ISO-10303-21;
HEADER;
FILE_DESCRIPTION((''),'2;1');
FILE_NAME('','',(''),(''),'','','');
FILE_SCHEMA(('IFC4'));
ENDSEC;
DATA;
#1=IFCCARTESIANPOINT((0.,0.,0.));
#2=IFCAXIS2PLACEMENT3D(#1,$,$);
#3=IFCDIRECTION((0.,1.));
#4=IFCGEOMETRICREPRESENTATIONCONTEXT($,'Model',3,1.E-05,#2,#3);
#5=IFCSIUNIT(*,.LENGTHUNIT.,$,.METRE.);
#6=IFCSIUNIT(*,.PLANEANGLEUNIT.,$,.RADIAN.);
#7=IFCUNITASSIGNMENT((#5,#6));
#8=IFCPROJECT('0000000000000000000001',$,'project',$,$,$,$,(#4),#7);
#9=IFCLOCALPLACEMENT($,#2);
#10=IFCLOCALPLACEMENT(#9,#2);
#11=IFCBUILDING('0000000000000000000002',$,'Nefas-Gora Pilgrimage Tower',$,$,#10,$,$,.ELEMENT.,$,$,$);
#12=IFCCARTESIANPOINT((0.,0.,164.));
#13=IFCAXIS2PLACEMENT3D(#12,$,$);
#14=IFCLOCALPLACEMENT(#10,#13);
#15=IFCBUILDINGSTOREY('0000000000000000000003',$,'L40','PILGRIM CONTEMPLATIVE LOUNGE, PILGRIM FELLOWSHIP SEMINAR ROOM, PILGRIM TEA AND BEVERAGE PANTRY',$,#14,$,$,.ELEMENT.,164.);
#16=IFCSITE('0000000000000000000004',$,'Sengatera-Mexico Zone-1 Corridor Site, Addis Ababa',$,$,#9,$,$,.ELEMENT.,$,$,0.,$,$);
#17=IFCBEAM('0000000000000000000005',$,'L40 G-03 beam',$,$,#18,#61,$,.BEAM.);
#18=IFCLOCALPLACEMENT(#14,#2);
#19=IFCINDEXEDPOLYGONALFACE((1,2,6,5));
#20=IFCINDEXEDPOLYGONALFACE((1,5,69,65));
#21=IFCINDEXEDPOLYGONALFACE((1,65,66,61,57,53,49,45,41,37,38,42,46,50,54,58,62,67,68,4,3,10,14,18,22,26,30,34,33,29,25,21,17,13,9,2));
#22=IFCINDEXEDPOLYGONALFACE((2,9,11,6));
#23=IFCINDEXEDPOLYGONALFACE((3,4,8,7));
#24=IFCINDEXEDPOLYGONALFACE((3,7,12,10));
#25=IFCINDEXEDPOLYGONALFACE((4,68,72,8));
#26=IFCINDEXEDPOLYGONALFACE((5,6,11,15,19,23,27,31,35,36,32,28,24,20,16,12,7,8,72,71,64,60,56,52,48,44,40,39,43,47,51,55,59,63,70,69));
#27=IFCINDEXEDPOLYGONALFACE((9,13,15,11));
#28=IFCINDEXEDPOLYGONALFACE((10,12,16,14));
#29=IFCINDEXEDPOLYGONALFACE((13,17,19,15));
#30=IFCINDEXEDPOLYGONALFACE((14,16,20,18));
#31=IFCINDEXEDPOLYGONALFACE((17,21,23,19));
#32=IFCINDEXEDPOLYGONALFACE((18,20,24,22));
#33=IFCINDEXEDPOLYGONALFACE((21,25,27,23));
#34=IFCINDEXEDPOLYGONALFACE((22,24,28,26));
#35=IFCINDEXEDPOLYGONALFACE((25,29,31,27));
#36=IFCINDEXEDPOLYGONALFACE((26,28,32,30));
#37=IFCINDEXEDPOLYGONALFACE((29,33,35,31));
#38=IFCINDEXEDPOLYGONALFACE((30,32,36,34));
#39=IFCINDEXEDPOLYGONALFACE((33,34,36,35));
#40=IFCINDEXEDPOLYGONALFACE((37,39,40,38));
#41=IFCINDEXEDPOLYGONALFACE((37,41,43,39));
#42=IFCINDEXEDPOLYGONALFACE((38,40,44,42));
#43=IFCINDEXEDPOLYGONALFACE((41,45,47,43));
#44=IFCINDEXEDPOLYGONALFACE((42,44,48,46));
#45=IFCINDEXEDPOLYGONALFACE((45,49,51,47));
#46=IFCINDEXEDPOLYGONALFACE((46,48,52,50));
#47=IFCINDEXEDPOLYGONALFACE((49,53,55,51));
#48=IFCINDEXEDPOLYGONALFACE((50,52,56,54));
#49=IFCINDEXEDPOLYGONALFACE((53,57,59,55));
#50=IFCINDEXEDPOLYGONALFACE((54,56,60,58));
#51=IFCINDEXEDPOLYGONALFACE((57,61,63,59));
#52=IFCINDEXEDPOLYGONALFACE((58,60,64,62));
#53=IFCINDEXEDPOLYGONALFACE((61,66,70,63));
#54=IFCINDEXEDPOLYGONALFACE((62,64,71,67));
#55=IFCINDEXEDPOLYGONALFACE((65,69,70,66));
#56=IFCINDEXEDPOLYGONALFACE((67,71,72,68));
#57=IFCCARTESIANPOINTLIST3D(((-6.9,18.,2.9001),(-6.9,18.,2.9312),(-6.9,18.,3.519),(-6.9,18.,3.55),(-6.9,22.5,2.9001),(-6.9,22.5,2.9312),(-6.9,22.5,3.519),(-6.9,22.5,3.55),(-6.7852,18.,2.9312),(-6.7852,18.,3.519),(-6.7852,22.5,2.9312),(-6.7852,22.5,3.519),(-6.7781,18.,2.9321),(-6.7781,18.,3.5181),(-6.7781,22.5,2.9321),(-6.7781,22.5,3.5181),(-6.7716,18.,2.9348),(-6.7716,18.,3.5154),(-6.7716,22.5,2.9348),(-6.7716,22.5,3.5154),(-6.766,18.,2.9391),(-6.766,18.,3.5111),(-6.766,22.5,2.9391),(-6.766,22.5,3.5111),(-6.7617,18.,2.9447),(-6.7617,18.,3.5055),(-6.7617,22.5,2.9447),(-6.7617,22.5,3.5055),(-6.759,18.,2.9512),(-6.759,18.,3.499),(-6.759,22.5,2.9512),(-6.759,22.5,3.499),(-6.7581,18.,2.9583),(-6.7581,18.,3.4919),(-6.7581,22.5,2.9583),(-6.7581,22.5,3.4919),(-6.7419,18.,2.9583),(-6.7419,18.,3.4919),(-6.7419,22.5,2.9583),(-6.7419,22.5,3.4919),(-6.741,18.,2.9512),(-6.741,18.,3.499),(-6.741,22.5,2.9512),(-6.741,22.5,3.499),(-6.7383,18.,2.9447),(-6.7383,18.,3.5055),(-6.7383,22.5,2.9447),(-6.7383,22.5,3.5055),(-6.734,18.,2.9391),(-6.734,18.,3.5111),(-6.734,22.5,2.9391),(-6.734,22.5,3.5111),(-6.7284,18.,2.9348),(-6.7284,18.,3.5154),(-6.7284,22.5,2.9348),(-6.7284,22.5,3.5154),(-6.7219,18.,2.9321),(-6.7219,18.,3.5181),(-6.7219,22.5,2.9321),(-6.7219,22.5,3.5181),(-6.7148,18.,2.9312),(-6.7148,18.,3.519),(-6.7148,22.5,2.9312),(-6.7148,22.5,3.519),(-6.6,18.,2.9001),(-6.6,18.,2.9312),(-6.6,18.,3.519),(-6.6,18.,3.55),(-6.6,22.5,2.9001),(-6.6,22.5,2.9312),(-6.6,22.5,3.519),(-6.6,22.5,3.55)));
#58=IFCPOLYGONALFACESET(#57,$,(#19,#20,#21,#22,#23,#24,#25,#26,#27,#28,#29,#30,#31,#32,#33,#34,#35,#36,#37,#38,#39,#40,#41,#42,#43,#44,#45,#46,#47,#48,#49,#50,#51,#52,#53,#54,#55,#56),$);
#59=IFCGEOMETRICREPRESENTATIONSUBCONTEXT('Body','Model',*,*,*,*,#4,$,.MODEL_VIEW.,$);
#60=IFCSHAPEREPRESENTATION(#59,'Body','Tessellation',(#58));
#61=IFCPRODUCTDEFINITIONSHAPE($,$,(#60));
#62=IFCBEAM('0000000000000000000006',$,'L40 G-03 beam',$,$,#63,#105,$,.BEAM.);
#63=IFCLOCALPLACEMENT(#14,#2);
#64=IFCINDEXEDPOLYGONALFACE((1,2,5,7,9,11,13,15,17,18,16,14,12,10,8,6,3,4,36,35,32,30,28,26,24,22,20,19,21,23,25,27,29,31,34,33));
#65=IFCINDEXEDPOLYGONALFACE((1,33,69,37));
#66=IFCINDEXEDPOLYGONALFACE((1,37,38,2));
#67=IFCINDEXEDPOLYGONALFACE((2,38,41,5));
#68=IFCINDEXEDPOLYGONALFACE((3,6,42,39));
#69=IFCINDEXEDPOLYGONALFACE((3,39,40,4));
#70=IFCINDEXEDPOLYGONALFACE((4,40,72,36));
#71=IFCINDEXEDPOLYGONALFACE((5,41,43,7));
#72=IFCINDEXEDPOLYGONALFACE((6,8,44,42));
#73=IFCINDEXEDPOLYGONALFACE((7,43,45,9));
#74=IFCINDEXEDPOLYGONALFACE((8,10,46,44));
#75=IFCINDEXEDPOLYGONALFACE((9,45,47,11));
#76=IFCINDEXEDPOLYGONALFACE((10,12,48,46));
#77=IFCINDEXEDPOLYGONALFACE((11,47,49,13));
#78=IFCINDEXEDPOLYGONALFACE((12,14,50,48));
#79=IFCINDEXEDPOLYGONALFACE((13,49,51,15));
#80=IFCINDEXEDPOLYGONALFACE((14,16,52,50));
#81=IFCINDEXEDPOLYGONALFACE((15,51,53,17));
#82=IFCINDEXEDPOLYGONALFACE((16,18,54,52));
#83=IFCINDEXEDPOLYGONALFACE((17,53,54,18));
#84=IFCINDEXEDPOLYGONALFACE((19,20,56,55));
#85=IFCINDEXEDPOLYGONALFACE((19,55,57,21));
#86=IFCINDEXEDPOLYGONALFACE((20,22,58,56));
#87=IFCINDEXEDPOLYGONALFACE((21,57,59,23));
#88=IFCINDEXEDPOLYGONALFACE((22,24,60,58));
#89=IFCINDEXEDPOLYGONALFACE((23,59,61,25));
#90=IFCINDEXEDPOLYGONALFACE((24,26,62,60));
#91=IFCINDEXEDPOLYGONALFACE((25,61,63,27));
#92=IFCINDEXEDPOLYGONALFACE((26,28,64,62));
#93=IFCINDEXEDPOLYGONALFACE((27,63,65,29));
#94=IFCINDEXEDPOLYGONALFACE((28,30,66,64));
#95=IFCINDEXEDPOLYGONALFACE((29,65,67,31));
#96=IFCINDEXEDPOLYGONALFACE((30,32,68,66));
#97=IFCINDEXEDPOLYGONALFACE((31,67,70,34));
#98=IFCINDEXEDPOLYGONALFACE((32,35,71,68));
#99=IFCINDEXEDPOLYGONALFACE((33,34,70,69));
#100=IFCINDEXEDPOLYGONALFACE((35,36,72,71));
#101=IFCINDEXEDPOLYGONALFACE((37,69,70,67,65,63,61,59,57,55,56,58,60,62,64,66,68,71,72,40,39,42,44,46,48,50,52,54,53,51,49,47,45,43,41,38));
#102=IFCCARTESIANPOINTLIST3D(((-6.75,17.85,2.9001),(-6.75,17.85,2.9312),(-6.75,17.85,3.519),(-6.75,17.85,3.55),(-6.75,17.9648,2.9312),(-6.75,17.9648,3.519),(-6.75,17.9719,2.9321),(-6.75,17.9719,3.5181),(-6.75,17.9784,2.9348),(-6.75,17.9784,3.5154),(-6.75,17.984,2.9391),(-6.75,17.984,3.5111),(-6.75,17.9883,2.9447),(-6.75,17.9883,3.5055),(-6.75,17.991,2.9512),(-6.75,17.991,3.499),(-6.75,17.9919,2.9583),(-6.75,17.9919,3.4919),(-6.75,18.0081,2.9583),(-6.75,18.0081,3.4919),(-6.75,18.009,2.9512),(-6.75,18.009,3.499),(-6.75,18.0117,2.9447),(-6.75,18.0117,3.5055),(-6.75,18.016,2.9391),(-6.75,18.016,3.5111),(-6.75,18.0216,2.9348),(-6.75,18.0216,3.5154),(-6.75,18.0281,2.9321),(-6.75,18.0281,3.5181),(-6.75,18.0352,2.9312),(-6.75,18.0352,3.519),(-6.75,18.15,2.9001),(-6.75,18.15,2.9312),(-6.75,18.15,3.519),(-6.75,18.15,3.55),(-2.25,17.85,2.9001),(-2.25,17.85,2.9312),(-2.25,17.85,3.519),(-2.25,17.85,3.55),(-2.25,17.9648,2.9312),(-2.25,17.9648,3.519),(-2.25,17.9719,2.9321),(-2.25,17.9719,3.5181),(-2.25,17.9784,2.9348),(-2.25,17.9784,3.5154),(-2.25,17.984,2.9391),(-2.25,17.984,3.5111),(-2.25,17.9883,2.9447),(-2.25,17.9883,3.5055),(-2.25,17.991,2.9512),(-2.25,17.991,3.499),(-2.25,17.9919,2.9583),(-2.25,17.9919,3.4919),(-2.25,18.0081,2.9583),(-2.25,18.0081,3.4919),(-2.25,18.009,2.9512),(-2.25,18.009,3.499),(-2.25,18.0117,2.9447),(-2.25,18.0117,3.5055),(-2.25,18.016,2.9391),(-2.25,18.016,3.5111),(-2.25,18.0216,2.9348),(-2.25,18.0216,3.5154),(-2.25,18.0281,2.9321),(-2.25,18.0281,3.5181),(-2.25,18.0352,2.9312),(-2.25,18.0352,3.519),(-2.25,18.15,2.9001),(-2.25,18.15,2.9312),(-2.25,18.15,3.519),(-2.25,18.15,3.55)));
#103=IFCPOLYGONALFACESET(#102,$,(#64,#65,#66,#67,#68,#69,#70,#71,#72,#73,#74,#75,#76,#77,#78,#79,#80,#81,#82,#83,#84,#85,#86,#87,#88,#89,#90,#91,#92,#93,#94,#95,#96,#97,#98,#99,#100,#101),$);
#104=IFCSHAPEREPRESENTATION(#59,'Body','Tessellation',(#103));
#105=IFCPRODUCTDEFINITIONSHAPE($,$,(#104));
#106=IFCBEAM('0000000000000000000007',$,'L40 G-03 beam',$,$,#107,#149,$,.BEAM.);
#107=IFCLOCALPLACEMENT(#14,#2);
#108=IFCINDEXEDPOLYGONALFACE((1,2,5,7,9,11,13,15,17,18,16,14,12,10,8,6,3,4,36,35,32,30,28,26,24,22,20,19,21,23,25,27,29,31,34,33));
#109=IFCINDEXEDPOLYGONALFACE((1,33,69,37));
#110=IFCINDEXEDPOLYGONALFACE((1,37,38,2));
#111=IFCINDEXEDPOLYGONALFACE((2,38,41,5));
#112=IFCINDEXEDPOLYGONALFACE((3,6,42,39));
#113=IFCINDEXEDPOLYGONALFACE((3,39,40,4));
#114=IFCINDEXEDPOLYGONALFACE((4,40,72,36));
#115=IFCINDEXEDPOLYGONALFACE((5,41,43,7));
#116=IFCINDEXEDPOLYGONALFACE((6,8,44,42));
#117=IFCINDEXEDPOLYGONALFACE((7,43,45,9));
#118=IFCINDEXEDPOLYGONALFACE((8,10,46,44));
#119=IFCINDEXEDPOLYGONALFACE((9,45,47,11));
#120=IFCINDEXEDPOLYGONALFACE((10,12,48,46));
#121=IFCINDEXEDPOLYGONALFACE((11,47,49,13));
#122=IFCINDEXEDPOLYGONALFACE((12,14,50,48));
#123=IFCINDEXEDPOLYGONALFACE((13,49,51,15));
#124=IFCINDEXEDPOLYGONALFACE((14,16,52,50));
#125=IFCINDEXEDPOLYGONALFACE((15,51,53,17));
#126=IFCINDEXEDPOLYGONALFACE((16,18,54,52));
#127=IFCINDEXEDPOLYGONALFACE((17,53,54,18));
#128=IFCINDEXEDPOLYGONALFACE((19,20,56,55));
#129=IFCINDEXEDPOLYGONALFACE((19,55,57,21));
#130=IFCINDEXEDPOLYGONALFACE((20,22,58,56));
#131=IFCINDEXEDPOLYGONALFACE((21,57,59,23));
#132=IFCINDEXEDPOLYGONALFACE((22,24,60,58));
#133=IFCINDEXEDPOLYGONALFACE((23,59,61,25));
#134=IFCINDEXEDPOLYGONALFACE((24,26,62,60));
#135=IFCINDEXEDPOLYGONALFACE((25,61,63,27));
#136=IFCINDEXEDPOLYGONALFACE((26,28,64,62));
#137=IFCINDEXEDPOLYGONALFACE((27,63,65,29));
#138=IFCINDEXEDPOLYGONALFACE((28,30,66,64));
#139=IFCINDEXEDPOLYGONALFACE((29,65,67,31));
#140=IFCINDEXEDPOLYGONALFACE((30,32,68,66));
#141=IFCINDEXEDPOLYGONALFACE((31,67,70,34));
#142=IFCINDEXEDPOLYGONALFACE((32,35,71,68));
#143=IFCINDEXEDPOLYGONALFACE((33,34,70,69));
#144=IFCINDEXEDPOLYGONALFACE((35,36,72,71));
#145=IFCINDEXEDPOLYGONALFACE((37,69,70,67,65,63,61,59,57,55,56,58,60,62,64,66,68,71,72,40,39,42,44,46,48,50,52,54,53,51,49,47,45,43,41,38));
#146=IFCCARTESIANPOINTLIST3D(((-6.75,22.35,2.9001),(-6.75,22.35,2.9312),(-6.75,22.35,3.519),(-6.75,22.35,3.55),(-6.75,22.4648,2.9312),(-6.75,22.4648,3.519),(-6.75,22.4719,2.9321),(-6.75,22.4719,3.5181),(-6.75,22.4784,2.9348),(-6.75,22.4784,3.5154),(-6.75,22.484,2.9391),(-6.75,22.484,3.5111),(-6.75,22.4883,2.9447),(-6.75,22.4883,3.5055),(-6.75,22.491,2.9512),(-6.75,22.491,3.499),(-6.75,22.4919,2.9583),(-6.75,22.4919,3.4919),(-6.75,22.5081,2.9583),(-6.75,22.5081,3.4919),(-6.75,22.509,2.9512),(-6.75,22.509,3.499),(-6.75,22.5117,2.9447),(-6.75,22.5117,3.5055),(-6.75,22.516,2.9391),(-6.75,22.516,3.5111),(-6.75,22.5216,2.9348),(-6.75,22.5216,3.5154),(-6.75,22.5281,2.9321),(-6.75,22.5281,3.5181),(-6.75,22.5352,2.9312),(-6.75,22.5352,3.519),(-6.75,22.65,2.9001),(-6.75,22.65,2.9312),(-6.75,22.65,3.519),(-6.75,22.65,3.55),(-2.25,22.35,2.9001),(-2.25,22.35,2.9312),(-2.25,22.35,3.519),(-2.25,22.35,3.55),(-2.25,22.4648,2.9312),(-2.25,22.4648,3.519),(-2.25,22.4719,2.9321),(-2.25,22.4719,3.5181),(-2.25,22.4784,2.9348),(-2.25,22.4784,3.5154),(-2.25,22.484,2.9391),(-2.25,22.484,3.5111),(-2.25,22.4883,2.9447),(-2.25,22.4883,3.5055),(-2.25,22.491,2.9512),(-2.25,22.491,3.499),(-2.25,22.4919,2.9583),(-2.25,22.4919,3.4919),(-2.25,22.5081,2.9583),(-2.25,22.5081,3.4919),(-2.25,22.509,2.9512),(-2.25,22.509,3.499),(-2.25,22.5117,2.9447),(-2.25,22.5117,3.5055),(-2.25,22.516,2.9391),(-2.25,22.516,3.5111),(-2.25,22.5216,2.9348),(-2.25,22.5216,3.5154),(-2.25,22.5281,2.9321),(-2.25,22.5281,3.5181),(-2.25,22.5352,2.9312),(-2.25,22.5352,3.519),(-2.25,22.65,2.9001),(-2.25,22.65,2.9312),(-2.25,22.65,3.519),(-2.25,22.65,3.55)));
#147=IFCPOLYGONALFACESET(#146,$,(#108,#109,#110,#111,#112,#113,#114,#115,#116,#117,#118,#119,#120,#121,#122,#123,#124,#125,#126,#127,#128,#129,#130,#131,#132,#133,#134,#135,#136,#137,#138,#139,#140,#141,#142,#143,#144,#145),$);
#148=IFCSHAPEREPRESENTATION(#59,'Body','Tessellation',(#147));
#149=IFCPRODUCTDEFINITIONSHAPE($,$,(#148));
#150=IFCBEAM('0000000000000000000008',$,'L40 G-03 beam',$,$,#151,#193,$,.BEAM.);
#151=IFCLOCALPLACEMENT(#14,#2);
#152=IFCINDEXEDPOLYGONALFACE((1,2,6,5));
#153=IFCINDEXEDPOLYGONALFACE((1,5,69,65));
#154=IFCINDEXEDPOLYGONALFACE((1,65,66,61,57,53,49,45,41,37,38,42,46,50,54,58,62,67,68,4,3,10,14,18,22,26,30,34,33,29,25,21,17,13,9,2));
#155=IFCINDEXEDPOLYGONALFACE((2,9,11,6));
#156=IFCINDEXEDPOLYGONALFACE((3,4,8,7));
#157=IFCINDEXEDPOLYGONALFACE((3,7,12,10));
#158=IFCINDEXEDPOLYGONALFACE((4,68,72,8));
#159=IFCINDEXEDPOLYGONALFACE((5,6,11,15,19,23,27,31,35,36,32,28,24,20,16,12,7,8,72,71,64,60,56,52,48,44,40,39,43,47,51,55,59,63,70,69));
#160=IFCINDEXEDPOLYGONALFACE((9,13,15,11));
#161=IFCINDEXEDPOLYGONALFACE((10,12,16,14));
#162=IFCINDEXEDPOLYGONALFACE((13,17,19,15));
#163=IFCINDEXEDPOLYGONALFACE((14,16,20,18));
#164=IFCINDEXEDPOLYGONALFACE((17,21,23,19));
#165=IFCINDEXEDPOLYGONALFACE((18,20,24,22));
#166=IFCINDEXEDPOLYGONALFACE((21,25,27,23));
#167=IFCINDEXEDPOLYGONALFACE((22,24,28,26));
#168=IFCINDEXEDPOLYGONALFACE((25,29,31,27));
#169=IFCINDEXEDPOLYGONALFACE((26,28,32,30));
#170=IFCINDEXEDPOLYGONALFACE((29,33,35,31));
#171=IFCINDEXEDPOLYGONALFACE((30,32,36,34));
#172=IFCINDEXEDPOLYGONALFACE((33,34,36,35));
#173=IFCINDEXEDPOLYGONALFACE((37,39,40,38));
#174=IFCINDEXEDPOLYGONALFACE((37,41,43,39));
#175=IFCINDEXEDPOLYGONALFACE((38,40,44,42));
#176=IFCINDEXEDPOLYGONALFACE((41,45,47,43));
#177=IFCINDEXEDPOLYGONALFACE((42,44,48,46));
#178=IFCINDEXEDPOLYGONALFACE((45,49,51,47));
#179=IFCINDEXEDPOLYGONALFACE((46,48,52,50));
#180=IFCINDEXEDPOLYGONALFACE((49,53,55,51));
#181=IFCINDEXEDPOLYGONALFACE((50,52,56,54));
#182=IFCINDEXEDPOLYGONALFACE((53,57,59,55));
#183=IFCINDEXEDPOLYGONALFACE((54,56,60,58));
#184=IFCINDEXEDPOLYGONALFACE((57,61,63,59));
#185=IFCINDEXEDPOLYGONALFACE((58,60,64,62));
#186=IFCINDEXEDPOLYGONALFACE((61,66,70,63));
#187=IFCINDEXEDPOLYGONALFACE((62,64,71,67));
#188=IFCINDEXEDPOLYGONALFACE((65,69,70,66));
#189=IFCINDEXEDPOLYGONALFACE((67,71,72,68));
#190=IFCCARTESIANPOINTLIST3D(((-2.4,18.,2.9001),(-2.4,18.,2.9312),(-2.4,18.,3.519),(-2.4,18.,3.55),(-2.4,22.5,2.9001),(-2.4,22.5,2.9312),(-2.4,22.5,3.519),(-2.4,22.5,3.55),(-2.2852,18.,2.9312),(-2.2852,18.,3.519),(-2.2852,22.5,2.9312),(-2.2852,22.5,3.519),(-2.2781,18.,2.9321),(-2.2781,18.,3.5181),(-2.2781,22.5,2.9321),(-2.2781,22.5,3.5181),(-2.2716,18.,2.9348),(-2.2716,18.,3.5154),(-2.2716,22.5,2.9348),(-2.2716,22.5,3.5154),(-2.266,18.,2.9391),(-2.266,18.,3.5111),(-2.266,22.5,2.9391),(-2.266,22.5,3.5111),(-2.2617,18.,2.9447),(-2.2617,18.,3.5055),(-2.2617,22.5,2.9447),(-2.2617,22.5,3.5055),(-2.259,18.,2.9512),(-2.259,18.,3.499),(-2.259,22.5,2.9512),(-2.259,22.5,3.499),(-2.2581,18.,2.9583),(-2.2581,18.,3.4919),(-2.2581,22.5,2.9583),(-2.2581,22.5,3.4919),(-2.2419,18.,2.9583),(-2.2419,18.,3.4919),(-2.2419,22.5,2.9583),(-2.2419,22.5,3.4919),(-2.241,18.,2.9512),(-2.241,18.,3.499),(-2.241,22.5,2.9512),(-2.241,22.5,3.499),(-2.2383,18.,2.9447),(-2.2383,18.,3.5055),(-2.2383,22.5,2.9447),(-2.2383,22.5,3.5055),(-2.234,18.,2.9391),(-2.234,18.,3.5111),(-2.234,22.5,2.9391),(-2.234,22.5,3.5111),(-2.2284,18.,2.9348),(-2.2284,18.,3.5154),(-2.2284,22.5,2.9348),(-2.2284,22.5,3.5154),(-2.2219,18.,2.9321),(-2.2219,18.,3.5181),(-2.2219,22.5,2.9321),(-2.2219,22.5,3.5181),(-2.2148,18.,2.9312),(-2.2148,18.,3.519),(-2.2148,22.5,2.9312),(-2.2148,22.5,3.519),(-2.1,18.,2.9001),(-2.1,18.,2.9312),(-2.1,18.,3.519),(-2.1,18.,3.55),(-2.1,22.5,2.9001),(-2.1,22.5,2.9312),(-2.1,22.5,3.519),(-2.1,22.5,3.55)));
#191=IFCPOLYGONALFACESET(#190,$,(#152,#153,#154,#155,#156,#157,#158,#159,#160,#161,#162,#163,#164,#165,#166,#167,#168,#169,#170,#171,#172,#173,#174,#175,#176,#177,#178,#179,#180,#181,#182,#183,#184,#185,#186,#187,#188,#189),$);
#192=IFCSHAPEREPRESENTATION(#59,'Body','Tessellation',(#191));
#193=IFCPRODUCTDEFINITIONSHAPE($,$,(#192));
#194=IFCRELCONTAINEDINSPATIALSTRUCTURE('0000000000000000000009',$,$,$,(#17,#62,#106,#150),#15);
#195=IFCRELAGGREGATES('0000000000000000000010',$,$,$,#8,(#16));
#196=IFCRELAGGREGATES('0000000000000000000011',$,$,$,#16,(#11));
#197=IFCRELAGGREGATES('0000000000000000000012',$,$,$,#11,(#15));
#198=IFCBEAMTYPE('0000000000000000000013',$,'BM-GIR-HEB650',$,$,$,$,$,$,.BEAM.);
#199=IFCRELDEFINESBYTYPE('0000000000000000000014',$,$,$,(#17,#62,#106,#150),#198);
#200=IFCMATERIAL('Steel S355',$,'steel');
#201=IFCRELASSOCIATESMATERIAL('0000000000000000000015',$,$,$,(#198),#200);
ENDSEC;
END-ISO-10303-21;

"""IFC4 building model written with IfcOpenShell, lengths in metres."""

from ifc_helpers import new_model, si_unit, direction, frame, origin, origin_2d, place, context, subcontext, project, spatial, i_section, extrude, source, transform, mapped, material, material_profile, profile_set, type_object, element, save


model = new_model("IFC4")

# Units and contexts
model_context = context("Model", 3, precision=1e-05, world=origin(), true_north=direction((0.0, 1.0)))
body_context = subcontext(model_context, "Body", "Model", "MODEL_VIEW")
ifc_project = project(units=[si_unit("LENGTHUNIT", "METRE"), si_unit("PLANEANGLEUNIT", "RADIAN")], contexts=[model_context])

# Site, building, storey
site_placement = place(None, origin())
site = spatial("IfcSite", under=ifc_project, at=site_placement, Name="Sengatera-Mexico Zone-1 Corridor Site, Addis Ababa", CompositionType="ELEMENT", RefElevation=0.0)
building_placement = place(site_placement, origin())
building = spatial("IfcBuilding", under=site, at=building_placement, Name="Nefas-Gora Pilgrimage Tower", CompositionType="ELEMENT")
storey_placement = place(building_placement, frame((0.0, 0.0, 164.0)))
storey = spatial("IfcBuildingStorey", under=building, at=storey_placement, Name="L40", Description="PILGRIM CONTEMPLATIVE LOUNGE, PILGRIM FELLOWSHIP SEMINAR ROOM, PILGRIM TEA AND BEVERAGE PANTRY", CompositionType="ELEMENT", Elevation=164.0)

# Beams
ifc_material_1 = material(Name="Steel S355", Category="steel")
ifc_material_profile_1 = material_profile(ifc_material_1, i_section(OverallWidth=0.3, OverallDepth=0.6499, WebThickness=0.0161, FlangeThickness=0.031, FilletRadius=0.0271, at=origin_2d()), Name="HEB 650")
ifc_profile_set_1 = profile_set([ifc_material_profile_1], Name="Steel S355")
beam_type = type_object("IfcBeamType", Name="BM-GIR-HEB650", PredefinedType="BEAM", material=ifc_profile_set_1)
shared_shape_1 = source(origin(), body_context, "Body", "SweptSolid", [
    extrude(i_section(OverallWidth=0.3, OverallDepth=0.6499, WebThickness=0.0161, FlangeThickness=0.031, FilletRadius=0.0271, at=origin_2d()), origin(), (0.0, 0.0, 1.0), 4.5),
])
for number, where, z_axis, x_axis, name in (
    (1, (-6.75, 18.0, 3.2251), (0.0, 1.0, 0.0), (-1.0, 0.0, 0.0), "L40 G-03 beam"),
    (2, (-6.75, 18.0, 3.2251), (1.0, 0.0, 0.0), (0.0, 1.0, 0.0), "L40 G-03 beam"),
    (3, (-6.75, 22.5, 3.2251), (1.0, 0.0, 0.0), (0.0, 1.0, 0.0), "L40 G-03 beam"),
    (4, (-2.25, 18.0, 3.2251), (0.0, 1.0, 0.0), (-1.0, 0.0, 0.0), "L40 G-03 beam"),
):
    element("IfcBeam", number, at=place(storey_placement, frame(where, z_axis=z_axis, x_axis=x_axis)), inside=storey, type_object=beam_type, Name=name, PredefinedType="BEAM", context=body_context, shape_type="MappedRepresentation", body=[
        mapped(shared_shape_1, transform((0.0, 0.0, 0.0), x_axis=(1.0, 0.0, 0.0), y_axis=(0.0, 1.0, 0.0), z_axis=(0.0, 0.0, 1.0), scale=1.0)),
    ])

save(model, "model.ifc")
